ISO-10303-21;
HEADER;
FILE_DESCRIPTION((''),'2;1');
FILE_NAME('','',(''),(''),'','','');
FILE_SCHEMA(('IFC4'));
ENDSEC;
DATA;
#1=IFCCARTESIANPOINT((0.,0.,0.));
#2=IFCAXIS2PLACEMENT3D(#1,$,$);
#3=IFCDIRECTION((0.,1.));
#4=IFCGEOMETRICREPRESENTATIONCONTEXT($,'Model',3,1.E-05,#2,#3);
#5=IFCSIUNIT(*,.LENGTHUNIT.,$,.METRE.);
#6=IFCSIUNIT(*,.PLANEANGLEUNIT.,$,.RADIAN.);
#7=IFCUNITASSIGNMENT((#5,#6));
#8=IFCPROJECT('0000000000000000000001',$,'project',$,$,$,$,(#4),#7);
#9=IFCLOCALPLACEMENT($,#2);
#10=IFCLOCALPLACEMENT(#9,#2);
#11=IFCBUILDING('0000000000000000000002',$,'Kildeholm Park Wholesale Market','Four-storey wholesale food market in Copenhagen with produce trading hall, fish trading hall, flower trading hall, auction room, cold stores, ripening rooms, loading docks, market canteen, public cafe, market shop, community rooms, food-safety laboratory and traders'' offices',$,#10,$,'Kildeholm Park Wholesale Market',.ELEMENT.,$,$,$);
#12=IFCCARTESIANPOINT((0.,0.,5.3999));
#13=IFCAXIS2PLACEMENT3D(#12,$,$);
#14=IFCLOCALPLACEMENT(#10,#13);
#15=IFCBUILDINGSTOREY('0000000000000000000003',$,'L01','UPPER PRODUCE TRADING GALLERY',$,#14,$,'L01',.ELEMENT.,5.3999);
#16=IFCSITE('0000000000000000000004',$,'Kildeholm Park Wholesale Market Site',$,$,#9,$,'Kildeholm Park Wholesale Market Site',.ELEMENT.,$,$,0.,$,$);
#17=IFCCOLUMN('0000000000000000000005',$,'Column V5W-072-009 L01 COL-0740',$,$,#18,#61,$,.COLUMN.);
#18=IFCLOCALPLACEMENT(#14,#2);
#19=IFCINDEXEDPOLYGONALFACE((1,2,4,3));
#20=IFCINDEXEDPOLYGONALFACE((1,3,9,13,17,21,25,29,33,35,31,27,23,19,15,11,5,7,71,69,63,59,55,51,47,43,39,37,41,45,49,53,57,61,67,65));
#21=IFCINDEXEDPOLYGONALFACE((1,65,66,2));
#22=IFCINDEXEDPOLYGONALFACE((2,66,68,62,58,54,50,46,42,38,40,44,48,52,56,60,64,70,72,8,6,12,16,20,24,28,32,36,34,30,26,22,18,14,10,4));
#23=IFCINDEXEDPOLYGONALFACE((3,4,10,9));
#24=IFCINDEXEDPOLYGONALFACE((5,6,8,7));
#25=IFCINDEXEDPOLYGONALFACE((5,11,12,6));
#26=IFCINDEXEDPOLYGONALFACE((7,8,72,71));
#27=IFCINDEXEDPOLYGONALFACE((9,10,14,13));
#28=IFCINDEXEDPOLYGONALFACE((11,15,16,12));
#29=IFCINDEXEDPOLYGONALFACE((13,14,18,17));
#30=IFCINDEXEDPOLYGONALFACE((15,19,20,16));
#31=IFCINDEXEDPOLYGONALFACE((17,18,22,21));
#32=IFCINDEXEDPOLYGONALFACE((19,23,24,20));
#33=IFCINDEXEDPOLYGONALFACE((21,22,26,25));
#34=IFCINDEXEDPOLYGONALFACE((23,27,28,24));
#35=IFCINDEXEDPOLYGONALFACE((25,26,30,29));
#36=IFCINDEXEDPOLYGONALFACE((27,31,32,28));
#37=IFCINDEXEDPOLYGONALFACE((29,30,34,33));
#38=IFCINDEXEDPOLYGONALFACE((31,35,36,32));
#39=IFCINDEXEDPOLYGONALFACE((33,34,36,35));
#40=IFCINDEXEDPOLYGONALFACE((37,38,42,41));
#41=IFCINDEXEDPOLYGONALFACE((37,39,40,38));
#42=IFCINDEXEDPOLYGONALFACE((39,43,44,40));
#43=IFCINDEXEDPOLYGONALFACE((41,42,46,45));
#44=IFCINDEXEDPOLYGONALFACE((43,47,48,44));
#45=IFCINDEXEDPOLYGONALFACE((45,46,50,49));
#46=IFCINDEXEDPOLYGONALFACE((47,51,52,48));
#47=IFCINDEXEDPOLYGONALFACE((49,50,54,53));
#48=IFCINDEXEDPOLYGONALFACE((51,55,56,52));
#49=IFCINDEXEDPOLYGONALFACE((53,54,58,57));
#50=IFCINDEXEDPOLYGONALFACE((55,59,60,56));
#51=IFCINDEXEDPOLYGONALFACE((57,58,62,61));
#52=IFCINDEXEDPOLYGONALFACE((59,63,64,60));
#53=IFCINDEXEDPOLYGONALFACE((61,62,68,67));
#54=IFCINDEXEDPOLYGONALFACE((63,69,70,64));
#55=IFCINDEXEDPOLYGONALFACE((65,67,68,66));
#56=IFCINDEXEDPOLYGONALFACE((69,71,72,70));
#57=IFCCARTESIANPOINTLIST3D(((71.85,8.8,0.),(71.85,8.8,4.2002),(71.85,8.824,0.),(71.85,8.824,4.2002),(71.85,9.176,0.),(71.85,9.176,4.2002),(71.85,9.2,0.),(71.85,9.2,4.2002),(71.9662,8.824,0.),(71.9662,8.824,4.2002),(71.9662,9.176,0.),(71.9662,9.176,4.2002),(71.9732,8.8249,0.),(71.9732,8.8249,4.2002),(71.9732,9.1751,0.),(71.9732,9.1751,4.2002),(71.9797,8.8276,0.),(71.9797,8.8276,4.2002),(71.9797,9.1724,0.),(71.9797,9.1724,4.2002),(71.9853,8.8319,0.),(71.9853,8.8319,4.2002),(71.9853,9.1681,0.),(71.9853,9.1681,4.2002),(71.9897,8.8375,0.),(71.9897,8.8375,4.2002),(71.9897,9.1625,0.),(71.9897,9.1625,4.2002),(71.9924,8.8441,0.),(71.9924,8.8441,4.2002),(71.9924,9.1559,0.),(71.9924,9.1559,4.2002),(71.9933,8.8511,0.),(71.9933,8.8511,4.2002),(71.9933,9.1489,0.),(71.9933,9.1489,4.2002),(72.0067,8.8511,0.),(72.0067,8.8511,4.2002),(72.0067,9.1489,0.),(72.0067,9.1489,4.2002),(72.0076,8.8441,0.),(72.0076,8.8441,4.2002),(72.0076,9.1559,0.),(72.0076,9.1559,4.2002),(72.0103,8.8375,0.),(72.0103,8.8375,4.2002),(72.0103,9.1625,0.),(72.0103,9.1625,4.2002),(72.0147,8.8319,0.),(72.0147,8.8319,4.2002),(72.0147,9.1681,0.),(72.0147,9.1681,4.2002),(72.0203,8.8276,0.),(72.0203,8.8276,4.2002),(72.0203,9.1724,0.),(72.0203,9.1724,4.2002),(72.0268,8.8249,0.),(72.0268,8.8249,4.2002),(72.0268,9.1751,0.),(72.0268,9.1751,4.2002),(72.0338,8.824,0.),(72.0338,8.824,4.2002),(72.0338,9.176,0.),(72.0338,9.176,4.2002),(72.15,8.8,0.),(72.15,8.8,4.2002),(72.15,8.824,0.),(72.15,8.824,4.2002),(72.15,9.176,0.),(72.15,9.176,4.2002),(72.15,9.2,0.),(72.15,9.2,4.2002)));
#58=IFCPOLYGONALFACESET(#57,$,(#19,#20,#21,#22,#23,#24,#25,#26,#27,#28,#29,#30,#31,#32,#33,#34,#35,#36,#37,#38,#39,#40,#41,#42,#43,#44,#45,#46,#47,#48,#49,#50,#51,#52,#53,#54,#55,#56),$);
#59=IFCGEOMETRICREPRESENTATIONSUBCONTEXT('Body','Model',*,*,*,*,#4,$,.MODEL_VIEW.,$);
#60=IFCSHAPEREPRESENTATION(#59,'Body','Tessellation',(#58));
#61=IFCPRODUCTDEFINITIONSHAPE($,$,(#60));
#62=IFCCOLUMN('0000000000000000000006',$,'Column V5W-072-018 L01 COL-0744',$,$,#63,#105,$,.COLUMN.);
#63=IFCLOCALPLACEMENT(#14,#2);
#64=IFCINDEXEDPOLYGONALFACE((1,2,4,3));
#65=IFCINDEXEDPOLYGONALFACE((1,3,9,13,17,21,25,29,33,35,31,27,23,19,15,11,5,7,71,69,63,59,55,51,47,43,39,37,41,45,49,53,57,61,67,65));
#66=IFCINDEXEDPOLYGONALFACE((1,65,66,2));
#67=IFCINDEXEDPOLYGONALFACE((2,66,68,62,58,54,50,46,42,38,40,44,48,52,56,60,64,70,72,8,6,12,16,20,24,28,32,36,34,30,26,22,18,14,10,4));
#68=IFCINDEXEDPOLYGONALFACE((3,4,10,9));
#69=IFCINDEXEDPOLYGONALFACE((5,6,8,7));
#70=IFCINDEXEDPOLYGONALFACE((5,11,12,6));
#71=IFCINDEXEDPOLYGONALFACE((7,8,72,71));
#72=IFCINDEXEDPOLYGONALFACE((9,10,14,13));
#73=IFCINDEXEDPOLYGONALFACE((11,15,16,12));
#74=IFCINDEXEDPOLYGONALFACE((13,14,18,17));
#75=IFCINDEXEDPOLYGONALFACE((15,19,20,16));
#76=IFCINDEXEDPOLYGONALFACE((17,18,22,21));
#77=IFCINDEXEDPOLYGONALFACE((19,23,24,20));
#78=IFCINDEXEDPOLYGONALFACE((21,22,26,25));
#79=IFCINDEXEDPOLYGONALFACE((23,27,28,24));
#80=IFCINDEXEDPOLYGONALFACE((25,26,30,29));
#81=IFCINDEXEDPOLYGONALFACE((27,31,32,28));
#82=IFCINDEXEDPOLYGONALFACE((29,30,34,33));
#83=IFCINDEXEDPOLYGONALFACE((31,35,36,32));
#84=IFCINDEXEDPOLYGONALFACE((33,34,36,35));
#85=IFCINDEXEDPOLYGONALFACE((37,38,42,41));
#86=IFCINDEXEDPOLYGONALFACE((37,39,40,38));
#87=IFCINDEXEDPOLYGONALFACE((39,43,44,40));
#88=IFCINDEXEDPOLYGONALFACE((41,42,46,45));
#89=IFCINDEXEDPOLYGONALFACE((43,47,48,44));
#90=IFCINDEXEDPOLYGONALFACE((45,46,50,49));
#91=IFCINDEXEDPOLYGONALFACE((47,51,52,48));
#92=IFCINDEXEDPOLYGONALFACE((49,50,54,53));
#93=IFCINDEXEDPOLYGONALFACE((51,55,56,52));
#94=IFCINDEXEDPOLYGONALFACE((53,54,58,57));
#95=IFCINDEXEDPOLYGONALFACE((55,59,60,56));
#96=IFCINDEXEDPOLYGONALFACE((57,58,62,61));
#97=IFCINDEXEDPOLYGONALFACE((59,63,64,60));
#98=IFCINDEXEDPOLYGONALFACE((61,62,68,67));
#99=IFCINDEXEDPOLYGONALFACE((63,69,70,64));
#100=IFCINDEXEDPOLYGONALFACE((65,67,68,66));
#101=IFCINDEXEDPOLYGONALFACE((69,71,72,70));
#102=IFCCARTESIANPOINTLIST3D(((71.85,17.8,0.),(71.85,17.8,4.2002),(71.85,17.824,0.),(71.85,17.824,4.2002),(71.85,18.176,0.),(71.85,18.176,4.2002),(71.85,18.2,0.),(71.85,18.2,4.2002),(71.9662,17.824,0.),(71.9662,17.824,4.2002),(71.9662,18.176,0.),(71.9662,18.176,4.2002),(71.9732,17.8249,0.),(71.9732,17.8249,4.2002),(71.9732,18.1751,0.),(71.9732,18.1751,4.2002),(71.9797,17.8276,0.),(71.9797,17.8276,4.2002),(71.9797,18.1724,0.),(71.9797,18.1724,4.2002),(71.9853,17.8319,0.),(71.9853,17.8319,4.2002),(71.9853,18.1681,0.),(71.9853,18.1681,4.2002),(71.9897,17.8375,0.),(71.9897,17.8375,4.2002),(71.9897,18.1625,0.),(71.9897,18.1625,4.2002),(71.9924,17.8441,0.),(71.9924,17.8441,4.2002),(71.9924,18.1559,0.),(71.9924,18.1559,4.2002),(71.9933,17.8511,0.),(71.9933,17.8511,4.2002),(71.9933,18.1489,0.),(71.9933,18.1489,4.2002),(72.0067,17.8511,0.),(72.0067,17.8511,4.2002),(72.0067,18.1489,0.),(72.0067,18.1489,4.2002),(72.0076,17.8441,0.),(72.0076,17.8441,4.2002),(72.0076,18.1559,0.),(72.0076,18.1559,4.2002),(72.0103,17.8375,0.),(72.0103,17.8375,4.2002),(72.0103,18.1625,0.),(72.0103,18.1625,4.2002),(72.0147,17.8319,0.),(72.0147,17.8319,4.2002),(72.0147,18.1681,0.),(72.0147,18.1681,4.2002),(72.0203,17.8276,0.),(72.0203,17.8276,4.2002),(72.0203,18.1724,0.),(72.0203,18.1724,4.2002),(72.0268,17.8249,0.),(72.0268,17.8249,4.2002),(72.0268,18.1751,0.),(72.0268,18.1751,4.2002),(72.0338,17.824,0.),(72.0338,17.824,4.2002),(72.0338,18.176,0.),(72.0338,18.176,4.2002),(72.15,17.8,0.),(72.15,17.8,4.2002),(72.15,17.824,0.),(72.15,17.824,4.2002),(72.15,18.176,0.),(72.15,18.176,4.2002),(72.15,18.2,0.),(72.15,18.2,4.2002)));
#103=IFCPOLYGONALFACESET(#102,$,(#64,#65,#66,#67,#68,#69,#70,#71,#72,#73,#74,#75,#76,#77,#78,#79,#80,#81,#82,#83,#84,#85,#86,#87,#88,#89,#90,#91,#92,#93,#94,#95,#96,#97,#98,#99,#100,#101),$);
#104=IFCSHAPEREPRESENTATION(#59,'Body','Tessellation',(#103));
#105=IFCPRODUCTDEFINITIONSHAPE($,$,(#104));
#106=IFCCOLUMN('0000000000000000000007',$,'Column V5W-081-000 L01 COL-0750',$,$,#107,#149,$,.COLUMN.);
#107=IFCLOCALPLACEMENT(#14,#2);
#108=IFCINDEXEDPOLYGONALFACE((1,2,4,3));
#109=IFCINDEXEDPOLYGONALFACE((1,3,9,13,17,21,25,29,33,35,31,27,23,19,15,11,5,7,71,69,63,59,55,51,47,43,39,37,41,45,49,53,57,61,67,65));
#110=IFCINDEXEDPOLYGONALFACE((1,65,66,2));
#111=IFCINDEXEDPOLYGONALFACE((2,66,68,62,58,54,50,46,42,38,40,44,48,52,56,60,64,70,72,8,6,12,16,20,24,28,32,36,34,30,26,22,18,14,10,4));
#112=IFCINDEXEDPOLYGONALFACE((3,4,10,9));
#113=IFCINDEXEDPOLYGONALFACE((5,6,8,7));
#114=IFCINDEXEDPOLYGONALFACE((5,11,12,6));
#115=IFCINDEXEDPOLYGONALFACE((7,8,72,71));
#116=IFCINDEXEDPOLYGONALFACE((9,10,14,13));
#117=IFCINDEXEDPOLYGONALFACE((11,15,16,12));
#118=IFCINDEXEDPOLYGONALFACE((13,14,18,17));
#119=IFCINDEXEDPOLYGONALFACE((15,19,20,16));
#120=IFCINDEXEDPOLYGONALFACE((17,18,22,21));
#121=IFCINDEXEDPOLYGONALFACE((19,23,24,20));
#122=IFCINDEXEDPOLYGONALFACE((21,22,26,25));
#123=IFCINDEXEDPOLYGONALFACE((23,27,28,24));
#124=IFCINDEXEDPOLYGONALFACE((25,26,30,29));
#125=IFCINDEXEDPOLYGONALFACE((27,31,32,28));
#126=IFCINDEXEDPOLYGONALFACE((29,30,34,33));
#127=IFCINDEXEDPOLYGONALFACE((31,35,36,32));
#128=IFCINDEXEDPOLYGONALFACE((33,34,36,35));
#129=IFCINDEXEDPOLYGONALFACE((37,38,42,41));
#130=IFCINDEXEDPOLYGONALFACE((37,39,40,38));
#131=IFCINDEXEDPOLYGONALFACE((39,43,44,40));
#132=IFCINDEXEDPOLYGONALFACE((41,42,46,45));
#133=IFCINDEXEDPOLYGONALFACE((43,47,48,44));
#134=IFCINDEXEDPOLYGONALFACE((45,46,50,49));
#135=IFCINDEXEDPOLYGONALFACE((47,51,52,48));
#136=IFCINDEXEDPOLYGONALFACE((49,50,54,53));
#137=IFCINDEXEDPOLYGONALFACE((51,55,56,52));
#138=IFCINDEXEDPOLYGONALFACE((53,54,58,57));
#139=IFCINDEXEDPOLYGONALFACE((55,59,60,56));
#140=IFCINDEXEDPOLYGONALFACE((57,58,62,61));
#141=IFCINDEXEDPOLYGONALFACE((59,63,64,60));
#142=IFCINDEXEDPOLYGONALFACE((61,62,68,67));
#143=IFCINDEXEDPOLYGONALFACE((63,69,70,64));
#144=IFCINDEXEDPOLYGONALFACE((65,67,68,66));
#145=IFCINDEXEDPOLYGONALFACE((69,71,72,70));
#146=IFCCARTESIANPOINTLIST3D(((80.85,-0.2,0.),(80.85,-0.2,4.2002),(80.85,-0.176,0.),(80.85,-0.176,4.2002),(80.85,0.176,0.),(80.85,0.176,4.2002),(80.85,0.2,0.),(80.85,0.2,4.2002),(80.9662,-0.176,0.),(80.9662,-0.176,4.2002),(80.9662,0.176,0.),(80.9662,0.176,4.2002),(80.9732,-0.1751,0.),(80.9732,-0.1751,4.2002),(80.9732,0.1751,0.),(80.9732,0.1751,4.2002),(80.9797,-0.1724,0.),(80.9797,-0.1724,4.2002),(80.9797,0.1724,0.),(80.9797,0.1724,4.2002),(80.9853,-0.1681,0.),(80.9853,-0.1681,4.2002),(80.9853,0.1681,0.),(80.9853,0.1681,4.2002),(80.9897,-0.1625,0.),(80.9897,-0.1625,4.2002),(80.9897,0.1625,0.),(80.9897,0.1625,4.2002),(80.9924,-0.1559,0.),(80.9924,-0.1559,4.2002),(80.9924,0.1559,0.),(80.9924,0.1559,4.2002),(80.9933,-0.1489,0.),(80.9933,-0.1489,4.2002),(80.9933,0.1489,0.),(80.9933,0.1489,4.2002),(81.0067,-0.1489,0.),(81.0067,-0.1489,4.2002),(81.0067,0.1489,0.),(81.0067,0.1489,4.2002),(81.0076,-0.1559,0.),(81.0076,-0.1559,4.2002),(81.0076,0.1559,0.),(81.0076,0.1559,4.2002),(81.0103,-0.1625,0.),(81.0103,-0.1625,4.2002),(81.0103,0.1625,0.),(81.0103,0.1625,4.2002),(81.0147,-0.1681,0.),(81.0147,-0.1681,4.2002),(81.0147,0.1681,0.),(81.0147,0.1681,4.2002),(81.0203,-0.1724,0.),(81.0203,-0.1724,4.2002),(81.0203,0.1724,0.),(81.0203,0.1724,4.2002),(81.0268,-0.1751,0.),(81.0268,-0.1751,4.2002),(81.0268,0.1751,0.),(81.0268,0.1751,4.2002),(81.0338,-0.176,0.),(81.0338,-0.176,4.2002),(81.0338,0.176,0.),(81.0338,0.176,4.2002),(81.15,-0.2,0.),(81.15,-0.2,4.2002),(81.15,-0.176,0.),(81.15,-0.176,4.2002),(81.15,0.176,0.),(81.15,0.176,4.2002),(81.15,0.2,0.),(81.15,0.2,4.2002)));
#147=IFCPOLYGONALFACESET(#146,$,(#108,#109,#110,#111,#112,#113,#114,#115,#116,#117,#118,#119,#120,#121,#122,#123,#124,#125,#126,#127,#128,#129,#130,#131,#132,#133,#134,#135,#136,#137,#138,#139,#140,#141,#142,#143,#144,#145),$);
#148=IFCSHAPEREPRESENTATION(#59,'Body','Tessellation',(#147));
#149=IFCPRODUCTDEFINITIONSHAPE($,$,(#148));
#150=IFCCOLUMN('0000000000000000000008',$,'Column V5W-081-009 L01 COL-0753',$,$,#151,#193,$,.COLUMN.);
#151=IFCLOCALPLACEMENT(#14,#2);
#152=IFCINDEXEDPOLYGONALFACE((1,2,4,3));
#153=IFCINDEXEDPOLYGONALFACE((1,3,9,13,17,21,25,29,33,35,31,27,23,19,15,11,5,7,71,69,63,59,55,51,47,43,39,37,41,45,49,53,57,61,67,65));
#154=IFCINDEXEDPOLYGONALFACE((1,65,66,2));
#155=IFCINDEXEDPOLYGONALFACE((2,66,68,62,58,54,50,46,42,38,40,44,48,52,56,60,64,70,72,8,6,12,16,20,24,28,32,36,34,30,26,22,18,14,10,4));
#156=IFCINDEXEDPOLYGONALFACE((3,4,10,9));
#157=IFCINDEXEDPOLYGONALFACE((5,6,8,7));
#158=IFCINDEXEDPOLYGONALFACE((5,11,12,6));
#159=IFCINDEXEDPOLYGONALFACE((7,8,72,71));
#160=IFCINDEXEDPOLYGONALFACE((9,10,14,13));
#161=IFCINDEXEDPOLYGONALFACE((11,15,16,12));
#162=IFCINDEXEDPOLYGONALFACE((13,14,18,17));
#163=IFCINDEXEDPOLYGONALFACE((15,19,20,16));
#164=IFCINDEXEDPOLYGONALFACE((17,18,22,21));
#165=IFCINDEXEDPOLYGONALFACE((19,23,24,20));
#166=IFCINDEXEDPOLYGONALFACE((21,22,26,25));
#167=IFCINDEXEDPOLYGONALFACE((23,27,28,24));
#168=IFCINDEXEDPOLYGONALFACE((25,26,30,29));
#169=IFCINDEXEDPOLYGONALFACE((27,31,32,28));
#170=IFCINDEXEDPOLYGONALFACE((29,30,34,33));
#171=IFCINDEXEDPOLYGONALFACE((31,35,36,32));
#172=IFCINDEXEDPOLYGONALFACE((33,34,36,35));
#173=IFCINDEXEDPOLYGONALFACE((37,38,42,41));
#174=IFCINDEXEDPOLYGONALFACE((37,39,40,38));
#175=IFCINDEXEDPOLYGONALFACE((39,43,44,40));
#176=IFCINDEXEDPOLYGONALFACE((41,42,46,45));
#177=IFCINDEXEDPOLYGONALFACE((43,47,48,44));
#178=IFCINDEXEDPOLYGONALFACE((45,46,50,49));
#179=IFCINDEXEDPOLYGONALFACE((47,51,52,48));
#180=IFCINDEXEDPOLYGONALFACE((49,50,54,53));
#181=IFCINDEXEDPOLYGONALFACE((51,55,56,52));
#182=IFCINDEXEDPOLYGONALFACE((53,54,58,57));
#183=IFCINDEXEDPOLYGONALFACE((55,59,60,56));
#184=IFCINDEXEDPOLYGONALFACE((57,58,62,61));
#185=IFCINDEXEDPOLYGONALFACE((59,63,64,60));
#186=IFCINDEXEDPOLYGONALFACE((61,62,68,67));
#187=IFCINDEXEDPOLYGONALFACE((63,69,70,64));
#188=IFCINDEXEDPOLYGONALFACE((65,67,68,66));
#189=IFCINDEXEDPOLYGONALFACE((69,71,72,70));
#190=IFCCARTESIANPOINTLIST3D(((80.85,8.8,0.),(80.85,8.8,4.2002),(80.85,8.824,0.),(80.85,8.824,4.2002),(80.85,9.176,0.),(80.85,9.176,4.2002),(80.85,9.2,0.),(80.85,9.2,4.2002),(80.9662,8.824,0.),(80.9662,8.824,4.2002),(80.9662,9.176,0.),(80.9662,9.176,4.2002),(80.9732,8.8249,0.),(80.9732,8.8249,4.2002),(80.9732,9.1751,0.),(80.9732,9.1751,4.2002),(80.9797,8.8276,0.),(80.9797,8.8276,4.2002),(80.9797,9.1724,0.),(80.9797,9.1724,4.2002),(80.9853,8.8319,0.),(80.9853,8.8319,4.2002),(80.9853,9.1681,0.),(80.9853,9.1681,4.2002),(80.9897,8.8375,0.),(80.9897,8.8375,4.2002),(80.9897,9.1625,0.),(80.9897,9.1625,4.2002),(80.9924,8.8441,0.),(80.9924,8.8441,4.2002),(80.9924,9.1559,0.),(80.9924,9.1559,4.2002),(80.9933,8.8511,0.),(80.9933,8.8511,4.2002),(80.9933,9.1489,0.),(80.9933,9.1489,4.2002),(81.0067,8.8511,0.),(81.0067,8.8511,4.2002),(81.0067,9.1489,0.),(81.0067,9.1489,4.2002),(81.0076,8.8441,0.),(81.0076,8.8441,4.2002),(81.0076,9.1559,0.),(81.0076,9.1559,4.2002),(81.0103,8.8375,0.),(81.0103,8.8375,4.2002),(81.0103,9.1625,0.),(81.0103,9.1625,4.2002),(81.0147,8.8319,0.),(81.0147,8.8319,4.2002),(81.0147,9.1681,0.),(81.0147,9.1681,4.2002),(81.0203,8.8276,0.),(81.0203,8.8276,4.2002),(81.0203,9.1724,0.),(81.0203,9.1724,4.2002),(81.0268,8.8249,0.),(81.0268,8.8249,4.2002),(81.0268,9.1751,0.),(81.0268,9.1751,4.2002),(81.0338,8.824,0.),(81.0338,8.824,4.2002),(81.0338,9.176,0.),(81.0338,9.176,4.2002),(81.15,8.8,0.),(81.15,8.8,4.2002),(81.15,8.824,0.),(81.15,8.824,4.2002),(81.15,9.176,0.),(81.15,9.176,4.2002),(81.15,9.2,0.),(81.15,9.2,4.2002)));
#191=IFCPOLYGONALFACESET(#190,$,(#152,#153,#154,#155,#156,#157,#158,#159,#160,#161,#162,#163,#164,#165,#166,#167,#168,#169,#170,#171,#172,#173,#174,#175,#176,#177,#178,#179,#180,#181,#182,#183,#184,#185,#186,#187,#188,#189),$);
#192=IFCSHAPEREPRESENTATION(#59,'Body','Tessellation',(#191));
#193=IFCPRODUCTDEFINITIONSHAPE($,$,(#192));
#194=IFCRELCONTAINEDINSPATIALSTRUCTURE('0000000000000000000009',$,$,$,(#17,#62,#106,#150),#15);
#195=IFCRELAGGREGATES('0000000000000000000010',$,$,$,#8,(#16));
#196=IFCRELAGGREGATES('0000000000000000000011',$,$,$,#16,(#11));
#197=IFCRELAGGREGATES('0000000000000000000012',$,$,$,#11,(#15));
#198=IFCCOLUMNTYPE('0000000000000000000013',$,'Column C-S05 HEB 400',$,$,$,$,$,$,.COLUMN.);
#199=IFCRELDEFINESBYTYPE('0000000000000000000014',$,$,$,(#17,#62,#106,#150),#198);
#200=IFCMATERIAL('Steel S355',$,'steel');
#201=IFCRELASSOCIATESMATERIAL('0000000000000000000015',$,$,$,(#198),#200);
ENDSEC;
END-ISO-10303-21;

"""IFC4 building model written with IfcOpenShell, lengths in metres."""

from ifc_helpers import new_model, si_unit, direction, frame, origin, origin_2d, place, context, subcontext, project, spatial, i_section, extrude, material, material_profile, profile_set, type_object, element, save


model = new_model("IFC4")

# Units and contexts
model_context = context("Model", 3, precision=1e-05, world=origin(), true_north=direction((0.0, 1.0)))
body_context = subcontext(model_context, "Body", "Model", "MODEL_VIEW")
ifc_project = project(units=[si_unit("LENGTHUNIT", "METRE"), si_unit("PLANEANGLEUNIT", "RADIAN")], contexts=[model_context])

# Site, building, storey
site_placement = place(None, origin())
site = spatial("IfcSite", under=ifc_project, at=site_placement, Name="Kildeholm Park Wholesale Market Site", LongName="Kildeholm Park Wholesale Market Site", CompositionType="ELEMENT", RefElevation=0.0)
building_placement = place(site_placement, origin())
building = spatial("IfcBuilding", under=site, at=building_placement, Name="Kildeholm Park Wholesale Market", Description="Four-storey wholesale food market in Copenhagen with produce trading hall, fish trading hall, flower trading hall, auction room, cold stores, ripening rooms, loading docks, market canteen, public cafe, market shop, community rooms, food-safety laboratory and traders' offices", LongName="Kildeholm Park Wholesale Market", CompositionType="ELEMENT")
storey_placement = place(building_placement, frame((0.0, 0.0, 5.3999)))
storey = spatial("IfcBuildingStorey", under=building, at=storey_placement, Name="L01", Description="UPPER PRODUCE TRADING GALLERY", LongName="L01", CompositionType="ELEMENT", Elevation=5.3999)

# Columns
ifc_material_1 = material(Name="Steel S355", Category="steel")
ifc_material_profile_1 = material_profile(ifc_material_1, i_section(OverallWidth=0.3, OverallDepth=0.3999, WebThickness=0.0134, FlangeThickness=0.0239, FilletRadius=0.0271, at=origin_2d()), Name="HEB 400")
ifc_profile_set_1 = profile_set([ifc_material_profile_1], Name="Steel S355")
column_type = type_object("IfcColumnType", Name="Column C-S05 HEB 400", PredefinedType="COLUMN", material=ifc_profile_set_1)
for number, where, z_axis, x_axis, name in (
    (1, (72.0, 9.0, 0.0), (0.0, 0.0, 1.0), (1.0, 0.0, 0.0), "Column V5W-072-009 L01 COL-0740"),
    (2, (72.0, 18.0, 0.0), (0.0, 0.0, 1.0), (1.0, 0.0, 0.0), "Column V5W-072-018 L01 COL-0744"),
    (3, (81.0, 0.0, 0.0), (0.0, 0.0, 1.0), (1.0, 0.0, 0.0), "Column V5W-081-000 L01 COL-0750"),
    (4, (81.0, 9.0, 0.0), (0.0, 0.0, 1.0), (1.0, 0.0, 0.0), "Column V5W-081-009 L01 COL-0753"),
):
    element("IfcColumn", number, at=place(storey_placement, frame(where, z_axis=z_axis, x_axis=x_axis)), inside=storey, type_object=column_type, Name=name, PredefinedType="COLUMN", context=body_context, shape_type="SweptSolid", body=[
        extrude(i_section(OverallWidth=0.3, OverallDepth=0.3999, WebThickness=0.0134, FlangeThickness=0.0239, FilletRadius=0.0271, at=origin_2d()), origin(), (0.0, 0.0, 1.0), 4.2002),
    ])

save(model, "model.ifc")
